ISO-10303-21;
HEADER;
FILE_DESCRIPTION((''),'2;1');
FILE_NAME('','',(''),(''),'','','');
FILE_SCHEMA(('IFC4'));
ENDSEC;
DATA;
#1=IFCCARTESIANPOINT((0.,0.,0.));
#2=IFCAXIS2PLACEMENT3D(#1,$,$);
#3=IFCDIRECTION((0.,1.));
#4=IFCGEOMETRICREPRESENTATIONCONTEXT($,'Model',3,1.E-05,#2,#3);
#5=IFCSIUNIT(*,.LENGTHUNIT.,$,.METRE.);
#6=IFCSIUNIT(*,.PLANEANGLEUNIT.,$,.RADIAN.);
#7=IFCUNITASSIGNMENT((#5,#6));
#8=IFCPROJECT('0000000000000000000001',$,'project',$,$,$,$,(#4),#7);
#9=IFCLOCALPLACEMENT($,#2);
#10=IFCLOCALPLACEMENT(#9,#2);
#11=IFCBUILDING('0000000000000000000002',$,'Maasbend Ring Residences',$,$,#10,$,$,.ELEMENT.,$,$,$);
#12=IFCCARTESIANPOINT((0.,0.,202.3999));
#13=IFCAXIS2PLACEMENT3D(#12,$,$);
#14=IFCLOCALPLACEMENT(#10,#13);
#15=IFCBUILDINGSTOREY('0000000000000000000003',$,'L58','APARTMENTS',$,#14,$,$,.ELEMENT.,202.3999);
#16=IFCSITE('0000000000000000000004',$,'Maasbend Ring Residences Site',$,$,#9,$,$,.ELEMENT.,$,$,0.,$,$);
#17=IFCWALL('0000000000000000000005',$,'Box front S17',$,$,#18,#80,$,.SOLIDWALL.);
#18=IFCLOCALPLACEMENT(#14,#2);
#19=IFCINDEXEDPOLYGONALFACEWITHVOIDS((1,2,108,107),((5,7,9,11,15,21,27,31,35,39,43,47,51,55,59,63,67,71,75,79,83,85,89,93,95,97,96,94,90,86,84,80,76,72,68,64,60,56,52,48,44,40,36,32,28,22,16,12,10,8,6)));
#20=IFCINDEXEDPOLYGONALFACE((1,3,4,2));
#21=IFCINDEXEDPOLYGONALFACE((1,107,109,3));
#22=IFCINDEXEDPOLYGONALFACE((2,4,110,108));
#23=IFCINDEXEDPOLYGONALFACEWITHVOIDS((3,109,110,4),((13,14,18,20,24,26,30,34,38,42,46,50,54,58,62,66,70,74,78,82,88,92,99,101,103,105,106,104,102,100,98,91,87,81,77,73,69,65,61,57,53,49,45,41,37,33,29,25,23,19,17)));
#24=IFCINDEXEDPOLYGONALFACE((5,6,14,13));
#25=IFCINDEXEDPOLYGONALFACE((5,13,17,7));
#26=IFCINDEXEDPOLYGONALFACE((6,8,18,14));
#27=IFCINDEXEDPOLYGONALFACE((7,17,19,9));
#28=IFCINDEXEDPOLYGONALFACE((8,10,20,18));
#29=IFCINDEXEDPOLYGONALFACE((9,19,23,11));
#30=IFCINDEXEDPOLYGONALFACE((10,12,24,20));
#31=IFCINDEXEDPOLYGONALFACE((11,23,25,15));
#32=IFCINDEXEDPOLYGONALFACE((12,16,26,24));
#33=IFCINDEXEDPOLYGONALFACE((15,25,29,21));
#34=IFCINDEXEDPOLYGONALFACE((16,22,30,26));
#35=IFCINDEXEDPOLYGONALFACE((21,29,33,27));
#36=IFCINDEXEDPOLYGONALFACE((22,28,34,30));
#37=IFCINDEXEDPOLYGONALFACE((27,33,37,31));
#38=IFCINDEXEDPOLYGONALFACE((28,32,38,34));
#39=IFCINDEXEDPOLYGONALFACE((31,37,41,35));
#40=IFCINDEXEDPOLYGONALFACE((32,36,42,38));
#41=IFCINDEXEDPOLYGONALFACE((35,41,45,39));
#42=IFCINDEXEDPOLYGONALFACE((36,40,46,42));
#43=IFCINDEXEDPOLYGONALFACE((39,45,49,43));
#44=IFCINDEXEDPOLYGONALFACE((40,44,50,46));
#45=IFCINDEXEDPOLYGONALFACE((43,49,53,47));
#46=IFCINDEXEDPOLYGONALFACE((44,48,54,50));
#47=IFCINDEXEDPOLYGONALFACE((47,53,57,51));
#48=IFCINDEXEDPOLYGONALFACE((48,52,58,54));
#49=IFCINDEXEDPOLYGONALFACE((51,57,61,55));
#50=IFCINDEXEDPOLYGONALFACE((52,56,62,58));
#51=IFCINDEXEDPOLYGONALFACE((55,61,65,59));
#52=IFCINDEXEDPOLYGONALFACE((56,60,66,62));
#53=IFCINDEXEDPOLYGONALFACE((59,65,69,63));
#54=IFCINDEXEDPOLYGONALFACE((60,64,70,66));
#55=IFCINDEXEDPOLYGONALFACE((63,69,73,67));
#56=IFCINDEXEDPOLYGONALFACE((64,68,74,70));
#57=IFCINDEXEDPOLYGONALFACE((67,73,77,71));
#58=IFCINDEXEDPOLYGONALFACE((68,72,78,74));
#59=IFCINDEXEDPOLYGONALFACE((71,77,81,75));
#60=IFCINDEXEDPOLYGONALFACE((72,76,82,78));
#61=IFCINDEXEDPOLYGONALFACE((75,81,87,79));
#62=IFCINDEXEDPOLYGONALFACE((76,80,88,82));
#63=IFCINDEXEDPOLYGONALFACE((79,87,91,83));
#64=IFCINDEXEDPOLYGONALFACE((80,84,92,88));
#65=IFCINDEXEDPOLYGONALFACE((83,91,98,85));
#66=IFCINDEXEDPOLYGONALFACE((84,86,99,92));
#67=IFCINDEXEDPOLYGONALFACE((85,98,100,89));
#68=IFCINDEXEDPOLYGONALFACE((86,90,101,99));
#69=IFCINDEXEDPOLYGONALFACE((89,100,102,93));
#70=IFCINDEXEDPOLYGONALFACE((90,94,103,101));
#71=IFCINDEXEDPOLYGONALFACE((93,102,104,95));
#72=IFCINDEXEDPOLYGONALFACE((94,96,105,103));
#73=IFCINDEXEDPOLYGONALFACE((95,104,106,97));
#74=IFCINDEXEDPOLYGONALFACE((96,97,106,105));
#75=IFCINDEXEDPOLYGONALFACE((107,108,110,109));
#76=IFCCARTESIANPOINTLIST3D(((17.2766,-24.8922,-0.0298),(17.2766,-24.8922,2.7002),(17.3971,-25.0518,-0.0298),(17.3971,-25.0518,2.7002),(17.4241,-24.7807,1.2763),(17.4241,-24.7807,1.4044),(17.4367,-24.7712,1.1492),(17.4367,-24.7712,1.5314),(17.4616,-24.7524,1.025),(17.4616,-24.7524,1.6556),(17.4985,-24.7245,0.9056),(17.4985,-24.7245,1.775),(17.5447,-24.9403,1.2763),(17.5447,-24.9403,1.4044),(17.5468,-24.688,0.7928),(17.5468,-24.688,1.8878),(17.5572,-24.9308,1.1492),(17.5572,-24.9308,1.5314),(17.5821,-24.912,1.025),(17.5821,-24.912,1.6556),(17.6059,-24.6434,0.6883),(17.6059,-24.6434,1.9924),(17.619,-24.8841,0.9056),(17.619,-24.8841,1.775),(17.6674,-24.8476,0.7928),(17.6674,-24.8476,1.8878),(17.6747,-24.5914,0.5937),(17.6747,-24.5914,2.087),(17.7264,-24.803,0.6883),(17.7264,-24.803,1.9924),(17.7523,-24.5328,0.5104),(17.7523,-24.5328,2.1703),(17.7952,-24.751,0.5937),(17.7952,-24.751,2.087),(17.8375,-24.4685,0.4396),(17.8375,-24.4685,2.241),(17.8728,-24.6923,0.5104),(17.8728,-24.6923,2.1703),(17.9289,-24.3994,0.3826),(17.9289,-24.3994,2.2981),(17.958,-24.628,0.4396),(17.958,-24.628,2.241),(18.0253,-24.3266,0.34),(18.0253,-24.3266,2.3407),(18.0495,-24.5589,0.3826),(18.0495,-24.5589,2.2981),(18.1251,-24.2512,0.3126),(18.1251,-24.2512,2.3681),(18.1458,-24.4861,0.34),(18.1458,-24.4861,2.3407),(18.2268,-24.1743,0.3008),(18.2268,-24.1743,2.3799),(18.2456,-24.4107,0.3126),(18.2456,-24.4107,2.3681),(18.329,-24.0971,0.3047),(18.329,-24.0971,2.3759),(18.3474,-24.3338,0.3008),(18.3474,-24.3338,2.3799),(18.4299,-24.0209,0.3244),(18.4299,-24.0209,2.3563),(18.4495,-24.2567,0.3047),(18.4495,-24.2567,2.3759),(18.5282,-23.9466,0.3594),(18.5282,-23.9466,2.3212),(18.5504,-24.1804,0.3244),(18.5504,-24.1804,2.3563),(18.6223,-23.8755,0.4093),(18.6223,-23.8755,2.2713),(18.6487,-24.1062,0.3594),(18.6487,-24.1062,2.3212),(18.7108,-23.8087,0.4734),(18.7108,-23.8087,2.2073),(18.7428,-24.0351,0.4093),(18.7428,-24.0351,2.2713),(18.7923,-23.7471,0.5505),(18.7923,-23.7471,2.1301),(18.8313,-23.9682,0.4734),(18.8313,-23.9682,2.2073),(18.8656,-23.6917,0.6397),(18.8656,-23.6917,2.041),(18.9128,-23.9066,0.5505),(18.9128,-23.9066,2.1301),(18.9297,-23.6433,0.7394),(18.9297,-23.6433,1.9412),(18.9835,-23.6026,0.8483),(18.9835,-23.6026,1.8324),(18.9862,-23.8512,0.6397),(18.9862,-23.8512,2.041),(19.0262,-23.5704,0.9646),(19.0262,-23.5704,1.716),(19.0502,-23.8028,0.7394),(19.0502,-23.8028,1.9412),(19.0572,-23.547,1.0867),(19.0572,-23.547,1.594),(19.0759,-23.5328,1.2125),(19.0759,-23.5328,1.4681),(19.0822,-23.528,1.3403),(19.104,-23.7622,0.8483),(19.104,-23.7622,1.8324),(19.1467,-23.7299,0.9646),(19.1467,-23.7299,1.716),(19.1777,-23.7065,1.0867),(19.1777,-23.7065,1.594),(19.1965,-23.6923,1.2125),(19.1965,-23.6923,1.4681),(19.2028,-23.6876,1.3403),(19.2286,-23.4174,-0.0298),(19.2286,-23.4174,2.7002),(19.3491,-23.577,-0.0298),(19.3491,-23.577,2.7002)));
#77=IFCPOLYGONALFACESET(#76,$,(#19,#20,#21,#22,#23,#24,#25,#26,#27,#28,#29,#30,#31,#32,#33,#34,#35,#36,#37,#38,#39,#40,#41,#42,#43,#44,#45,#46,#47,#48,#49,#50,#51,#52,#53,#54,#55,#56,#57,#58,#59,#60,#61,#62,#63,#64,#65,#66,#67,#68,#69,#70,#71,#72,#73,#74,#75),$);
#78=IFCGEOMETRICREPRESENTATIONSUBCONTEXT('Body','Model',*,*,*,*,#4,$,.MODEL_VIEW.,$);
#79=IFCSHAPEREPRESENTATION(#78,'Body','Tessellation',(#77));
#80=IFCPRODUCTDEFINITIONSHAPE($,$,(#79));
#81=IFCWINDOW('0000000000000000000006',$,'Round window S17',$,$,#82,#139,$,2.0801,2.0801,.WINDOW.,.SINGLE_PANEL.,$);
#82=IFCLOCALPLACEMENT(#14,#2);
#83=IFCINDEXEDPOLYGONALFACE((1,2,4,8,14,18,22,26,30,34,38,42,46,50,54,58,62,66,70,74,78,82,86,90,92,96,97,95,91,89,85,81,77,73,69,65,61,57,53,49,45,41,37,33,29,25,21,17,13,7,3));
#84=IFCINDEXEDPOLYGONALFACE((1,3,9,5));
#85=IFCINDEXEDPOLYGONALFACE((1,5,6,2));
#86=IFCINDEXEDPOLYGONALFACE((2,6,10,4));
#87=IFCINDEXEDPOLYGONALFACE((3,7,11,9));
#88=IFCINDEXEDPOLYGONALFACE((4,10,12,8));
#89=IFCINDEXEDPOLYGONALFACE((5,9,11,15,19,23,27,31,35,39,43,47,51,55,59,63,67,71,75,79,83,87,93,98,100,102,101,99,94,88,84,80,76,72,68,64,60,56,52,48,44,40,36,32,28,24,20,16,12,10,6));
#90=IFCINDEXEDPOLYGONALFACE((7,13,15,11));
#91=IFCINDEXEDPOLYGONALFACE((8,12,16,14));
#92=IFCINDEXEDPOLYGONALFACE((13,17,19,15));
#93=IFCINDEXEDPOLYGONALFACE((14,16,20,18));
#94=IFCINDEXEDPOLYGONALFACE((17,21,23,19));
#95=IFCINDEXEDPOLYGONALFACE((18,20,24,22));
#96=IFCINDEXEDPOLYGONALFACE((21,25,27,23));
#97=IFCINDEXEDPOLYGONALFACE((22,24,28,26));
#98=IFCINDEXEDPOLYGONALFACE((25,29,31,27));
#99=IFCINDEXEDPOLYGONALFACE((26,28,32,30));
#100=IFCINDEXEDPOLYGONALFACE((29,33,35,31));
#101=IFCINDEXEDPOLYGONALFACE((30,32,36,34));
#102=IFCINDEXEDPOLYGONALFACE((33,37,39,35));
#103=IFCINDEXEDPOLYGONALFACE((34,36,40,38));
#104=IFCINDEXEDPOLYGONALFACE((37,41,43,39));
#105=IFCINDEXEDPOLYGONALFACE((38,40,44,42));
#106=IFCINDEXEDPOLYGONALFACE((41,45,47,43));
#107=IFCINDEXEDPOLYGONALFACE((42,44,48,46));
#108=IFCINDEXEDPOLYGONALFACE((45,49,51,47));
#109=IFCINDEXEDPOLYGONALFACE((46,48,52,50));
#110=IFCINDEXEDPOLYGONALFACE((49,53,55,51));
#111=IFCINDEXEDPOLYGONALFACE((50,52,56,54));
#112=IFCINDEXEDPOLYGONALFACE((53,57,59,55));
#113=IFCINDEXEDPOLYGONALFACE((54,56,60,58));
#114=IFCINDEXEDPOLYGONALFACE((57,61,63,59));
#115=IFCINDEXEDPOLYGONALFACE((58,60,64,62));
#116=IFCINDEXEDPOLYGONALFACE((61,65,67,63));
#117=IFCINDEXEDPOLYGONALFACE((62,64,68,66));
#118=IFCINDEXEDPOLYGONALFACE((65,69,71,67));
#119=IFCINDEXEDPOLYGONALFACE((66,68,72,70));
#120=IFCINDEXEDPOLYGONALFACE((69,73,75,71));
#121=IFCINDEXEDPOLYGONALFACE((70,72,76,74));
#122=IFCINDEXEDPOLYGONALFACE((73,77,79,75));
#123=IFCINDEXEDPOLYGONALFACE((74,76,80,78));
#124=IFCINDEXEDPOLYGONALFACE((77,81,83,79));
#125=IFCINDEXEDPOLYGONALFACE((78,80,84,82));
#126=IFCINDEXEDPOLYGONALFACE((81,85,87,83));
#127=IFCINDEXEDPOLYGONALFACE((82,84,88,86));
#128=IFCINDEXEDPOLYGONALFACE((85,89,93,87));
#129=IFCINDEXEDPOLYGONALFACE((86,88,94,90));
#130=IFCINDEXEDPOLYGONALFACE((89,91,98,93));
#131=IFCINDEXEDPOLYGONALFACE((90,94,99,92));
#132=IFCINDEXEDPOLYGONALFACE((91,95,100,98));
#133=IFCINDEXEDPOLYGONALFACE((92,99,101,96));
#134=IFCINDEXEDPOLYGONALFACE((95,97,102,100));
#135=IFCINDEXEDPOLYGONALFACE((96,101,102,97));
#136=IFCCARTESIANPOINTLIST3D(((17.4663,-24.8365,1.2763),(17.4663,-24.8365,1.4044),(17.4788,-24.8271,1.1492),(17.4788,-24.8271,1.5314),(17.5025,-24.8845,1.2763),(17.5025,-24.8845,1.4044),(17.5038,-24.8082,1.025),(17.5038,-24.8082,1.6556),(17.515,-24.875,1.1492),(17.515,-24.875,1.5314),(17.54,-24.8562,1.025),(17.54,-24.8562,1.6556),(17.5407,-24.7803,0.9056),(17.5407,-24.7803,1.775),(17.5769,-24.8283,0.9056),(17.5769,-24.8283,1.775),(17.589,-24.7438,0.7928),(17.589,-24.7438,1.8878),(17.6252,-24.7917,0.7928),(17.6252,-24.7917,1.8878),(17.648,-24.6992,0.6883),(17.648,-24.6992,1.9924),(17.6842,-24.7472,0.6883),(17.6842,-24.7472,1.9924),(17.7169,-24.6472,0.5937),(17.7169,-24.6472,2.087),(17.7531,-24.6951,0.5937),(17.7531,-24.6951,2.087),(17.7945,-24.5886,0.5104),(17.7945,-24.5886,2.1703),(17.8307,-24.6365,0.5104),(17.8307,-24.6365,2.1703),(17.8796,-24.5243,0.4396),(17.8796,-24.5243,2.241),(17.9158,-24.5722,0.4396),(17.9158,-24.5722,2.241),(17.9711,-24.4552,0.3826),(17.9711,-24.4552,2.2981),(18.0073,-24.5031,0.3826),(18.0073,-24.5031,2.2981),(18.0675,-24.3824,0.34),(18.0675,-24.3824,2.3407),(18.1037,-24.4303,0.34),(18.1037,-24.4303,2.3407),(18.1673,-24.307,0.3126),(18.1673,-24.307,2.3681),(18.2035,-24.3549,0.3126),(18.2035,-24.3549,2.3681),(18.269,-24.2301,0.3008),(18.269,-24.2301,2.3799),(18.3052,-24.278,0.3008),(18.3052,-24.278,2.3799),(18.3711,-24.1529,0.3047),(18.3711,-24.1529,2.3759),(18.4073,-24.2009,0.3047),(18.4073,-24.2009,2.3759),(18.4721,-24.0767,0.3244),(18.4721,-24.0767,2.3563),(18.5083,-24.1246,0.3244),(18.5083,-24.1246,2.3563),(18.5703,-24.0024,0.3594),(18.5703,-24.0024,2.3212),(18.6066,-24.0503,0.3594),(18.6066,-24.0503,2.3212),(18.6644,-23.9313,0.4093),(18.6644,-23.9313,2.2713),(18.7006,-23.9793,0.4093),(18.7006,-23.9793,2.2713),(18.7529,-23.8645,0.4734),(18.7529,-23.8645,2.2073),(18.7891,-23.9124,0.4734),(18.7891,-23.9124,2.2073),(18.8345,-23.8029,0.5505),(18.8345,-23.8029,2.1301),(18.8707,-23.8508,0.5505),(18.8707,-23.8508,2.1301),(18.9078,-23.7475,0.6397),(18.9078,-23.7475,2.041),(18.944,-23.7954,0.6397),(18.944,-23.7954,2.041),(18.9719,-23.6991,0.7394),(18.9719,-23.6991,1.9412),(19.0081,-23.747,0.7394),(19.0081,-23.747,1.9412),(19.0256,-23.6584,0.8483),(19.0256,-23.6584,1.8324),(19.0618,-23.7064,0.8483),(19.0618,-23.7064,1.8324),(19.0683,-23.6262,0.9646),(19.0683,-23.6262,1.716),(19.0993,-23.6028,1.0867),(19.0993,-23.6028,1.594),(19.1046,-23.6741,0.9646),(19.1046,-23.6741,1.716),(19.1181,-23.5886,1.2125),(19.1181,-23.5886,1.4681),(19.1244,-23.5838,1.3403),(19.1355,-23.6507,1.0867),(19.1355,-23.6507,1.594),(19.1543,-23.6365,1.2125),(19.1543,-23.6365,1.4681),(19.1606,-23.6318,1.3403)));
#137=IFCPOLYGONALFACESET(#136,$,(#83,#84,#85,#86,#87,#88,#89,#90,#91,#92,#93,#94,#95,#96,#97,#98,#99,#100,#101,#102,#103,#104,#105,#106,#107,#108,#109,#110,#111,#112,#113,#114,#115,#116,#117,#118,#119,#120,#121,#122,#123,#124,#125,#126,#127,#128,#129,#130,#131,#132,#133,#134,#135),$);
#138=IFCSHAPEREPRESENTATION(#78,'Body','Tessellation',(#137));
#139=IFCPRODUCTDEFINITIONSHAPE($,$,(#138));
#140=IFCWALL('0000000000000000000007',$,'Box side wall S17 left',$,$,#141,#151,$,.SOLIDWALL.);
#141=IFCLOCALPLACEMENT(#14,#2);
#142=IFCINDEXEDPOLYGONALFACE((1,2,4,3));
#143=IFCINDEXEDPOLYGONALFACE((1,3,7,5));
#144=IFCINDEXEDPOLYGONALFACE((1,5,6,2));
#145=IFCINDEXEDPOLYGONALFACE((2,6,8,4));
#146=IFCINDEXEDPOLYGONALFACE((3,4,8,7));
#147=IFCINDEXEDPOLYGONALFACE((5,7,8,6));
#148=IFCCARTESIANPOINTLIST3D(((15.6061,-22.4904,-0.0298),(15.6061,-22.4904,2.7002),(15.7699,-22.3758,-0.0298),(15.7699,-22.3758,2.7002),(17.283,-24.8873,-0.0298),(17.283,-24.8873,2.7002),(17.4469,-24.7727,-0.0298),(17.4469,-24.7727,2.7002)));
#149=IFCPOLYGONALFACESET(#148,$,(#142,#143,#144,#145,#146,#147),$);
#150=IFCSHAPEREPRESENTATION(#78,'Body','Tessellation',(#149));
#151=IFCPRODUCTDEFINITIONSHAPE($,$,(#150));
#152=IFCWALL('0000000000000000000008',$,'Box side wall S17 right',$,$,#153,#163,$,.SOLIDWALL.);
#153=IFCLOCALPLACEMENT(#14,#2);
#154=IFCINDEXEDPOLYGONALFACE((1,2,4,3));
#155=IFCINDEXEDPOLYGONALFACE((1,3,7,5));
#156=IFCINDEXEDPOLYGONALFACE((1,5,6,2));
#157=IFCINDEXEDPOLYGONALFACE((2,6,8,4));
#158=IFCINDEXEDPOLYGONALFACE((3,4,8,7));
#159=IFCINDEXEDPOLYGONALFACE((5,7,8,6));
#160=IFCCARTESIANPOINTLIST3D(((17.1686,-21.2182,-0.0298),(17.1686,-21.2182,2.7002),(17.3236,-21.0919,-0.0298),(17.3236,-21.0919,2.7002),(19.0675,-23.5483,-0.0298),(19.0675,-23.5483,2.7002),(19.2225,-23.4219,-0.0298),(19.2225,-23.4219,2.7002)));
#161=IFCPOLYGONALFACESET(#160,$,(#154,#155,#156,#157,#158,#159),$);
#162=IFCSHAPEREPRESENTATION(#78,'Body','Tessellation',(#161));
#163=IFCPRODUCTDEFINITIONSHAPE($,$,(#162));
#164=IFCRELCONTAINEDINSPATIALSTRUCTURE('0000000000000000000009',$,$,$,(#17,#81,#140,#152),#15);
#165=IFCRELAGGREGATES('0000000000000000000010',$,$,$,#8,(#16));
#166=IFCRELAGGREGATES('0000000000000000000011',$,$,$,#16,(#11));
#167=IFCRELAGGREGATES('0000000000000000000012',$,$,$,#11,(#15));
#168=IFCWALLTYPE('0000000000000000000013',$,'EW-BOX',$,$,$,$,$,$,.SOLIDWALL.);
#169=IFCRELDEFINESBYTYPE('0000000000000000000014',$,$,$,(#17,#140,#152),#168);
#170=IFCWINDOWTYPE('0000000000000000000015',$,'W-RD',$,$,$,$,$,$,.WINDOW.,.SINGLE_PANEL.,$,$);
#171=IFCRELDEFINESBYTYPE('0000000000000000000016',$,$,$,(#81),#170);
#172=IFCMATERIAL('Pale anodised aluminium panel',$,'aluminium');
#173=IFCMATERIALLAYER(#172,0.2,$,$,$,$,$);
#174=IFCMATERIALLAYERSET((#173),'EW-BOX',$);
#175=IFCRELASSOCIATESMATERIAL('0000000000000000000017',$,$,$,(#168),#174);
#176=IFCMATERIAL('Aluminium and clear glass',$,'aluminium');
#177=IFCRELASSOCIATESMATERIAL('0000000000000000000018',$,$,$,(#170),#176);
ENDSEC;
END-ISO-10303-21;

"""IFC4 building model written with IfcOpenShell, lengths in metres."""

from ifc_helpers import new_model, si_unit, direction, frame, frame_2d, origin, place, context, subcontext, project, spatial, rectangle, circle, extrude, material, layer, layer_set, type_object, element, fill, save


model = new_model("IFC4")

# Units and contexts
model_context = context("Model", 3, precision=1e-05, world=origin(), true_north=direction((0.0, 1.0)))
body_context = subcontext(model_context, "Body", "Model", "MODEL_VIEW")
ifc_project = project(units=[si_unit("LENGTHUNIT", "METRE"), si_unit("PLANEANGLEUNIT", "RADIAN")], contexts=[model_context])

# Site, building, storey
site_placement = place(None, origin())
site = spatial("IfcSite", under=ifc_project, at=site_placement, Name="Maasbend Ring Residences Site", CompositionType="ELEMENT", RefElevation=0.0)
building_placement = place(site_placement, origin())
building = spatial("IfcBuilding", under=site, at=building_placement, Name="Maasbend Ring Residences", CompositionType="ELEMENT")
storey_placement = place(building_placement, frame((0.0, 0.0, 202.3999)))
storey = spatial("IfcBuildingStorey", under=building, at=storey_placement, Name="L58", Description="APARTMENTS", CompositionType="ELEMENT", Elevation=202.3999)

# Shared definitions
ifc_material_1 = material(Name="Pale anodised aluminium panel", Category="aluminium")
ifc_layer_1 = layer(ifc_material_1, 0.2)
ifc_layer_set_1 = layer_set([ifc_layer_1], Name="EW-BOX")
wall_type_1 = type_object("IfcWallType", Name="EW-BOX", PredefinedType="SOLIDWALL", material=ifc_layer_set_1)
ifc_material_2 = material(Name="Aluminium and clear glass", Category="aluminium")
window_type_1 = type_object("IfcWindowType", Name="W-RD", PartitioningType="SINGLE_PANEL", PredefinedType="WINDOW", material=ifc_material_2)

# Wall, opening, window
wall_1_placement = place(storey_placement, frame((17.3369, -24.9719, -0.0298), z_axis=(0.0, 0.0, 1.0), x_axis=(0.797888, 0.602806, 0.0)))
wall_1 = element("IfcWall", 1, at=wall_1_placement, inside=storey, type_object=wall_type_1, Name="Box front S17", PredefinedType="SOLIDWALL", context=body_context, shape_type="SweptSolid", body=[
    extrude(rectangle(XDim=2.4465, YDim=0.2, at=frame_2d((1.2231, 0.0))), origin(), (0.0, 0.0, 1.0), 2.73),
])
opening_1_placement = place(wall_1_placement, frame((0.1829, 0.0, 0.3301)))
opening_1 = element("IfcOpeningElement", 2, at=opening_1_placement, cuts=wall_1, PredefinedType="OPENING", context=body_context, shape_type="SweptSolid", body=[
    extrude(circle(Radius=1.04, at=frame_2d((1.04, 1.04))), frame((0.0, 0.1099, 0.0), z_axis=(0.0, -1.0, 0.0), x_axis=(1.0, 0.0, 0.0)), (0.0, 0.0, 1.0), 0.22),
])
window_1_placement = place(opening_1_placement, origin())
window_1 = element("IfcWindow", 3, at=window_1_placement, inside=storey, type_object=window_type_1, Name="Round window S17", OverallHeight=2.0801, OverallWidth=2.0801, PartitioningType="SINGLE_PANEL", PredefinedType="WINDOW", context=body_context, shape_type="SweptSolid", body=[
    extrude(circle(Radius=1.04, at=frame_2d((1.04, 1.04))), frame((0.0, 0.03, 0.0), z_axis=(0.0, -1.0, 0.0), x_axis=(1.0, 0.0, 0.0)), (0.0, 0.0, 1.0), 0.0601),
])
fill(opening_1, window_1)

# Walls
wall_2_placement = place(storey_placement, frame((15.688, -22.4331, -0.0298), z_axis=(0.0, 0.0, 1.0), x_axis=(0.573261, -0.819373, 0.0)))
element("IfcWall", 4, at=wall_2_placement, inside=storey, type_object=wall_type_1, Name="Box side wall S17 left", PredefinedType="SOLIDWALL", context=body_context, shape_type="SweptSolid", body=[
    extrude(rectangle(XDim=2.9253, YDim=0.2, at=frame_2d((1.4626, 0.0))), origin(), (0.0, 0.0, 1.0), 2.73),
])
wall_3_placement = place(storey_placement, frame((17.2461, -21.155, -0.0298), z_axis=(0.0, 0.0, 1.0), x_axis=(0.631742, -0.775179, 0.0)))
element("IfcWall", 5, at=wall_3_placement, inside=storey, type_object=wall_type_1, Name="Box side wall S17 right", PredefinedType="SOLIDWALL", context=body_context, shape_type="SweptSolid", body=[
    extrude(rectangle(XDim=3.0059, YDim=0.2, at=frame_2d((1.5029, 0.0))), origin(), (0.0, 0.0, 1.0), 2.73),
])

save(model, "model.ifc")
